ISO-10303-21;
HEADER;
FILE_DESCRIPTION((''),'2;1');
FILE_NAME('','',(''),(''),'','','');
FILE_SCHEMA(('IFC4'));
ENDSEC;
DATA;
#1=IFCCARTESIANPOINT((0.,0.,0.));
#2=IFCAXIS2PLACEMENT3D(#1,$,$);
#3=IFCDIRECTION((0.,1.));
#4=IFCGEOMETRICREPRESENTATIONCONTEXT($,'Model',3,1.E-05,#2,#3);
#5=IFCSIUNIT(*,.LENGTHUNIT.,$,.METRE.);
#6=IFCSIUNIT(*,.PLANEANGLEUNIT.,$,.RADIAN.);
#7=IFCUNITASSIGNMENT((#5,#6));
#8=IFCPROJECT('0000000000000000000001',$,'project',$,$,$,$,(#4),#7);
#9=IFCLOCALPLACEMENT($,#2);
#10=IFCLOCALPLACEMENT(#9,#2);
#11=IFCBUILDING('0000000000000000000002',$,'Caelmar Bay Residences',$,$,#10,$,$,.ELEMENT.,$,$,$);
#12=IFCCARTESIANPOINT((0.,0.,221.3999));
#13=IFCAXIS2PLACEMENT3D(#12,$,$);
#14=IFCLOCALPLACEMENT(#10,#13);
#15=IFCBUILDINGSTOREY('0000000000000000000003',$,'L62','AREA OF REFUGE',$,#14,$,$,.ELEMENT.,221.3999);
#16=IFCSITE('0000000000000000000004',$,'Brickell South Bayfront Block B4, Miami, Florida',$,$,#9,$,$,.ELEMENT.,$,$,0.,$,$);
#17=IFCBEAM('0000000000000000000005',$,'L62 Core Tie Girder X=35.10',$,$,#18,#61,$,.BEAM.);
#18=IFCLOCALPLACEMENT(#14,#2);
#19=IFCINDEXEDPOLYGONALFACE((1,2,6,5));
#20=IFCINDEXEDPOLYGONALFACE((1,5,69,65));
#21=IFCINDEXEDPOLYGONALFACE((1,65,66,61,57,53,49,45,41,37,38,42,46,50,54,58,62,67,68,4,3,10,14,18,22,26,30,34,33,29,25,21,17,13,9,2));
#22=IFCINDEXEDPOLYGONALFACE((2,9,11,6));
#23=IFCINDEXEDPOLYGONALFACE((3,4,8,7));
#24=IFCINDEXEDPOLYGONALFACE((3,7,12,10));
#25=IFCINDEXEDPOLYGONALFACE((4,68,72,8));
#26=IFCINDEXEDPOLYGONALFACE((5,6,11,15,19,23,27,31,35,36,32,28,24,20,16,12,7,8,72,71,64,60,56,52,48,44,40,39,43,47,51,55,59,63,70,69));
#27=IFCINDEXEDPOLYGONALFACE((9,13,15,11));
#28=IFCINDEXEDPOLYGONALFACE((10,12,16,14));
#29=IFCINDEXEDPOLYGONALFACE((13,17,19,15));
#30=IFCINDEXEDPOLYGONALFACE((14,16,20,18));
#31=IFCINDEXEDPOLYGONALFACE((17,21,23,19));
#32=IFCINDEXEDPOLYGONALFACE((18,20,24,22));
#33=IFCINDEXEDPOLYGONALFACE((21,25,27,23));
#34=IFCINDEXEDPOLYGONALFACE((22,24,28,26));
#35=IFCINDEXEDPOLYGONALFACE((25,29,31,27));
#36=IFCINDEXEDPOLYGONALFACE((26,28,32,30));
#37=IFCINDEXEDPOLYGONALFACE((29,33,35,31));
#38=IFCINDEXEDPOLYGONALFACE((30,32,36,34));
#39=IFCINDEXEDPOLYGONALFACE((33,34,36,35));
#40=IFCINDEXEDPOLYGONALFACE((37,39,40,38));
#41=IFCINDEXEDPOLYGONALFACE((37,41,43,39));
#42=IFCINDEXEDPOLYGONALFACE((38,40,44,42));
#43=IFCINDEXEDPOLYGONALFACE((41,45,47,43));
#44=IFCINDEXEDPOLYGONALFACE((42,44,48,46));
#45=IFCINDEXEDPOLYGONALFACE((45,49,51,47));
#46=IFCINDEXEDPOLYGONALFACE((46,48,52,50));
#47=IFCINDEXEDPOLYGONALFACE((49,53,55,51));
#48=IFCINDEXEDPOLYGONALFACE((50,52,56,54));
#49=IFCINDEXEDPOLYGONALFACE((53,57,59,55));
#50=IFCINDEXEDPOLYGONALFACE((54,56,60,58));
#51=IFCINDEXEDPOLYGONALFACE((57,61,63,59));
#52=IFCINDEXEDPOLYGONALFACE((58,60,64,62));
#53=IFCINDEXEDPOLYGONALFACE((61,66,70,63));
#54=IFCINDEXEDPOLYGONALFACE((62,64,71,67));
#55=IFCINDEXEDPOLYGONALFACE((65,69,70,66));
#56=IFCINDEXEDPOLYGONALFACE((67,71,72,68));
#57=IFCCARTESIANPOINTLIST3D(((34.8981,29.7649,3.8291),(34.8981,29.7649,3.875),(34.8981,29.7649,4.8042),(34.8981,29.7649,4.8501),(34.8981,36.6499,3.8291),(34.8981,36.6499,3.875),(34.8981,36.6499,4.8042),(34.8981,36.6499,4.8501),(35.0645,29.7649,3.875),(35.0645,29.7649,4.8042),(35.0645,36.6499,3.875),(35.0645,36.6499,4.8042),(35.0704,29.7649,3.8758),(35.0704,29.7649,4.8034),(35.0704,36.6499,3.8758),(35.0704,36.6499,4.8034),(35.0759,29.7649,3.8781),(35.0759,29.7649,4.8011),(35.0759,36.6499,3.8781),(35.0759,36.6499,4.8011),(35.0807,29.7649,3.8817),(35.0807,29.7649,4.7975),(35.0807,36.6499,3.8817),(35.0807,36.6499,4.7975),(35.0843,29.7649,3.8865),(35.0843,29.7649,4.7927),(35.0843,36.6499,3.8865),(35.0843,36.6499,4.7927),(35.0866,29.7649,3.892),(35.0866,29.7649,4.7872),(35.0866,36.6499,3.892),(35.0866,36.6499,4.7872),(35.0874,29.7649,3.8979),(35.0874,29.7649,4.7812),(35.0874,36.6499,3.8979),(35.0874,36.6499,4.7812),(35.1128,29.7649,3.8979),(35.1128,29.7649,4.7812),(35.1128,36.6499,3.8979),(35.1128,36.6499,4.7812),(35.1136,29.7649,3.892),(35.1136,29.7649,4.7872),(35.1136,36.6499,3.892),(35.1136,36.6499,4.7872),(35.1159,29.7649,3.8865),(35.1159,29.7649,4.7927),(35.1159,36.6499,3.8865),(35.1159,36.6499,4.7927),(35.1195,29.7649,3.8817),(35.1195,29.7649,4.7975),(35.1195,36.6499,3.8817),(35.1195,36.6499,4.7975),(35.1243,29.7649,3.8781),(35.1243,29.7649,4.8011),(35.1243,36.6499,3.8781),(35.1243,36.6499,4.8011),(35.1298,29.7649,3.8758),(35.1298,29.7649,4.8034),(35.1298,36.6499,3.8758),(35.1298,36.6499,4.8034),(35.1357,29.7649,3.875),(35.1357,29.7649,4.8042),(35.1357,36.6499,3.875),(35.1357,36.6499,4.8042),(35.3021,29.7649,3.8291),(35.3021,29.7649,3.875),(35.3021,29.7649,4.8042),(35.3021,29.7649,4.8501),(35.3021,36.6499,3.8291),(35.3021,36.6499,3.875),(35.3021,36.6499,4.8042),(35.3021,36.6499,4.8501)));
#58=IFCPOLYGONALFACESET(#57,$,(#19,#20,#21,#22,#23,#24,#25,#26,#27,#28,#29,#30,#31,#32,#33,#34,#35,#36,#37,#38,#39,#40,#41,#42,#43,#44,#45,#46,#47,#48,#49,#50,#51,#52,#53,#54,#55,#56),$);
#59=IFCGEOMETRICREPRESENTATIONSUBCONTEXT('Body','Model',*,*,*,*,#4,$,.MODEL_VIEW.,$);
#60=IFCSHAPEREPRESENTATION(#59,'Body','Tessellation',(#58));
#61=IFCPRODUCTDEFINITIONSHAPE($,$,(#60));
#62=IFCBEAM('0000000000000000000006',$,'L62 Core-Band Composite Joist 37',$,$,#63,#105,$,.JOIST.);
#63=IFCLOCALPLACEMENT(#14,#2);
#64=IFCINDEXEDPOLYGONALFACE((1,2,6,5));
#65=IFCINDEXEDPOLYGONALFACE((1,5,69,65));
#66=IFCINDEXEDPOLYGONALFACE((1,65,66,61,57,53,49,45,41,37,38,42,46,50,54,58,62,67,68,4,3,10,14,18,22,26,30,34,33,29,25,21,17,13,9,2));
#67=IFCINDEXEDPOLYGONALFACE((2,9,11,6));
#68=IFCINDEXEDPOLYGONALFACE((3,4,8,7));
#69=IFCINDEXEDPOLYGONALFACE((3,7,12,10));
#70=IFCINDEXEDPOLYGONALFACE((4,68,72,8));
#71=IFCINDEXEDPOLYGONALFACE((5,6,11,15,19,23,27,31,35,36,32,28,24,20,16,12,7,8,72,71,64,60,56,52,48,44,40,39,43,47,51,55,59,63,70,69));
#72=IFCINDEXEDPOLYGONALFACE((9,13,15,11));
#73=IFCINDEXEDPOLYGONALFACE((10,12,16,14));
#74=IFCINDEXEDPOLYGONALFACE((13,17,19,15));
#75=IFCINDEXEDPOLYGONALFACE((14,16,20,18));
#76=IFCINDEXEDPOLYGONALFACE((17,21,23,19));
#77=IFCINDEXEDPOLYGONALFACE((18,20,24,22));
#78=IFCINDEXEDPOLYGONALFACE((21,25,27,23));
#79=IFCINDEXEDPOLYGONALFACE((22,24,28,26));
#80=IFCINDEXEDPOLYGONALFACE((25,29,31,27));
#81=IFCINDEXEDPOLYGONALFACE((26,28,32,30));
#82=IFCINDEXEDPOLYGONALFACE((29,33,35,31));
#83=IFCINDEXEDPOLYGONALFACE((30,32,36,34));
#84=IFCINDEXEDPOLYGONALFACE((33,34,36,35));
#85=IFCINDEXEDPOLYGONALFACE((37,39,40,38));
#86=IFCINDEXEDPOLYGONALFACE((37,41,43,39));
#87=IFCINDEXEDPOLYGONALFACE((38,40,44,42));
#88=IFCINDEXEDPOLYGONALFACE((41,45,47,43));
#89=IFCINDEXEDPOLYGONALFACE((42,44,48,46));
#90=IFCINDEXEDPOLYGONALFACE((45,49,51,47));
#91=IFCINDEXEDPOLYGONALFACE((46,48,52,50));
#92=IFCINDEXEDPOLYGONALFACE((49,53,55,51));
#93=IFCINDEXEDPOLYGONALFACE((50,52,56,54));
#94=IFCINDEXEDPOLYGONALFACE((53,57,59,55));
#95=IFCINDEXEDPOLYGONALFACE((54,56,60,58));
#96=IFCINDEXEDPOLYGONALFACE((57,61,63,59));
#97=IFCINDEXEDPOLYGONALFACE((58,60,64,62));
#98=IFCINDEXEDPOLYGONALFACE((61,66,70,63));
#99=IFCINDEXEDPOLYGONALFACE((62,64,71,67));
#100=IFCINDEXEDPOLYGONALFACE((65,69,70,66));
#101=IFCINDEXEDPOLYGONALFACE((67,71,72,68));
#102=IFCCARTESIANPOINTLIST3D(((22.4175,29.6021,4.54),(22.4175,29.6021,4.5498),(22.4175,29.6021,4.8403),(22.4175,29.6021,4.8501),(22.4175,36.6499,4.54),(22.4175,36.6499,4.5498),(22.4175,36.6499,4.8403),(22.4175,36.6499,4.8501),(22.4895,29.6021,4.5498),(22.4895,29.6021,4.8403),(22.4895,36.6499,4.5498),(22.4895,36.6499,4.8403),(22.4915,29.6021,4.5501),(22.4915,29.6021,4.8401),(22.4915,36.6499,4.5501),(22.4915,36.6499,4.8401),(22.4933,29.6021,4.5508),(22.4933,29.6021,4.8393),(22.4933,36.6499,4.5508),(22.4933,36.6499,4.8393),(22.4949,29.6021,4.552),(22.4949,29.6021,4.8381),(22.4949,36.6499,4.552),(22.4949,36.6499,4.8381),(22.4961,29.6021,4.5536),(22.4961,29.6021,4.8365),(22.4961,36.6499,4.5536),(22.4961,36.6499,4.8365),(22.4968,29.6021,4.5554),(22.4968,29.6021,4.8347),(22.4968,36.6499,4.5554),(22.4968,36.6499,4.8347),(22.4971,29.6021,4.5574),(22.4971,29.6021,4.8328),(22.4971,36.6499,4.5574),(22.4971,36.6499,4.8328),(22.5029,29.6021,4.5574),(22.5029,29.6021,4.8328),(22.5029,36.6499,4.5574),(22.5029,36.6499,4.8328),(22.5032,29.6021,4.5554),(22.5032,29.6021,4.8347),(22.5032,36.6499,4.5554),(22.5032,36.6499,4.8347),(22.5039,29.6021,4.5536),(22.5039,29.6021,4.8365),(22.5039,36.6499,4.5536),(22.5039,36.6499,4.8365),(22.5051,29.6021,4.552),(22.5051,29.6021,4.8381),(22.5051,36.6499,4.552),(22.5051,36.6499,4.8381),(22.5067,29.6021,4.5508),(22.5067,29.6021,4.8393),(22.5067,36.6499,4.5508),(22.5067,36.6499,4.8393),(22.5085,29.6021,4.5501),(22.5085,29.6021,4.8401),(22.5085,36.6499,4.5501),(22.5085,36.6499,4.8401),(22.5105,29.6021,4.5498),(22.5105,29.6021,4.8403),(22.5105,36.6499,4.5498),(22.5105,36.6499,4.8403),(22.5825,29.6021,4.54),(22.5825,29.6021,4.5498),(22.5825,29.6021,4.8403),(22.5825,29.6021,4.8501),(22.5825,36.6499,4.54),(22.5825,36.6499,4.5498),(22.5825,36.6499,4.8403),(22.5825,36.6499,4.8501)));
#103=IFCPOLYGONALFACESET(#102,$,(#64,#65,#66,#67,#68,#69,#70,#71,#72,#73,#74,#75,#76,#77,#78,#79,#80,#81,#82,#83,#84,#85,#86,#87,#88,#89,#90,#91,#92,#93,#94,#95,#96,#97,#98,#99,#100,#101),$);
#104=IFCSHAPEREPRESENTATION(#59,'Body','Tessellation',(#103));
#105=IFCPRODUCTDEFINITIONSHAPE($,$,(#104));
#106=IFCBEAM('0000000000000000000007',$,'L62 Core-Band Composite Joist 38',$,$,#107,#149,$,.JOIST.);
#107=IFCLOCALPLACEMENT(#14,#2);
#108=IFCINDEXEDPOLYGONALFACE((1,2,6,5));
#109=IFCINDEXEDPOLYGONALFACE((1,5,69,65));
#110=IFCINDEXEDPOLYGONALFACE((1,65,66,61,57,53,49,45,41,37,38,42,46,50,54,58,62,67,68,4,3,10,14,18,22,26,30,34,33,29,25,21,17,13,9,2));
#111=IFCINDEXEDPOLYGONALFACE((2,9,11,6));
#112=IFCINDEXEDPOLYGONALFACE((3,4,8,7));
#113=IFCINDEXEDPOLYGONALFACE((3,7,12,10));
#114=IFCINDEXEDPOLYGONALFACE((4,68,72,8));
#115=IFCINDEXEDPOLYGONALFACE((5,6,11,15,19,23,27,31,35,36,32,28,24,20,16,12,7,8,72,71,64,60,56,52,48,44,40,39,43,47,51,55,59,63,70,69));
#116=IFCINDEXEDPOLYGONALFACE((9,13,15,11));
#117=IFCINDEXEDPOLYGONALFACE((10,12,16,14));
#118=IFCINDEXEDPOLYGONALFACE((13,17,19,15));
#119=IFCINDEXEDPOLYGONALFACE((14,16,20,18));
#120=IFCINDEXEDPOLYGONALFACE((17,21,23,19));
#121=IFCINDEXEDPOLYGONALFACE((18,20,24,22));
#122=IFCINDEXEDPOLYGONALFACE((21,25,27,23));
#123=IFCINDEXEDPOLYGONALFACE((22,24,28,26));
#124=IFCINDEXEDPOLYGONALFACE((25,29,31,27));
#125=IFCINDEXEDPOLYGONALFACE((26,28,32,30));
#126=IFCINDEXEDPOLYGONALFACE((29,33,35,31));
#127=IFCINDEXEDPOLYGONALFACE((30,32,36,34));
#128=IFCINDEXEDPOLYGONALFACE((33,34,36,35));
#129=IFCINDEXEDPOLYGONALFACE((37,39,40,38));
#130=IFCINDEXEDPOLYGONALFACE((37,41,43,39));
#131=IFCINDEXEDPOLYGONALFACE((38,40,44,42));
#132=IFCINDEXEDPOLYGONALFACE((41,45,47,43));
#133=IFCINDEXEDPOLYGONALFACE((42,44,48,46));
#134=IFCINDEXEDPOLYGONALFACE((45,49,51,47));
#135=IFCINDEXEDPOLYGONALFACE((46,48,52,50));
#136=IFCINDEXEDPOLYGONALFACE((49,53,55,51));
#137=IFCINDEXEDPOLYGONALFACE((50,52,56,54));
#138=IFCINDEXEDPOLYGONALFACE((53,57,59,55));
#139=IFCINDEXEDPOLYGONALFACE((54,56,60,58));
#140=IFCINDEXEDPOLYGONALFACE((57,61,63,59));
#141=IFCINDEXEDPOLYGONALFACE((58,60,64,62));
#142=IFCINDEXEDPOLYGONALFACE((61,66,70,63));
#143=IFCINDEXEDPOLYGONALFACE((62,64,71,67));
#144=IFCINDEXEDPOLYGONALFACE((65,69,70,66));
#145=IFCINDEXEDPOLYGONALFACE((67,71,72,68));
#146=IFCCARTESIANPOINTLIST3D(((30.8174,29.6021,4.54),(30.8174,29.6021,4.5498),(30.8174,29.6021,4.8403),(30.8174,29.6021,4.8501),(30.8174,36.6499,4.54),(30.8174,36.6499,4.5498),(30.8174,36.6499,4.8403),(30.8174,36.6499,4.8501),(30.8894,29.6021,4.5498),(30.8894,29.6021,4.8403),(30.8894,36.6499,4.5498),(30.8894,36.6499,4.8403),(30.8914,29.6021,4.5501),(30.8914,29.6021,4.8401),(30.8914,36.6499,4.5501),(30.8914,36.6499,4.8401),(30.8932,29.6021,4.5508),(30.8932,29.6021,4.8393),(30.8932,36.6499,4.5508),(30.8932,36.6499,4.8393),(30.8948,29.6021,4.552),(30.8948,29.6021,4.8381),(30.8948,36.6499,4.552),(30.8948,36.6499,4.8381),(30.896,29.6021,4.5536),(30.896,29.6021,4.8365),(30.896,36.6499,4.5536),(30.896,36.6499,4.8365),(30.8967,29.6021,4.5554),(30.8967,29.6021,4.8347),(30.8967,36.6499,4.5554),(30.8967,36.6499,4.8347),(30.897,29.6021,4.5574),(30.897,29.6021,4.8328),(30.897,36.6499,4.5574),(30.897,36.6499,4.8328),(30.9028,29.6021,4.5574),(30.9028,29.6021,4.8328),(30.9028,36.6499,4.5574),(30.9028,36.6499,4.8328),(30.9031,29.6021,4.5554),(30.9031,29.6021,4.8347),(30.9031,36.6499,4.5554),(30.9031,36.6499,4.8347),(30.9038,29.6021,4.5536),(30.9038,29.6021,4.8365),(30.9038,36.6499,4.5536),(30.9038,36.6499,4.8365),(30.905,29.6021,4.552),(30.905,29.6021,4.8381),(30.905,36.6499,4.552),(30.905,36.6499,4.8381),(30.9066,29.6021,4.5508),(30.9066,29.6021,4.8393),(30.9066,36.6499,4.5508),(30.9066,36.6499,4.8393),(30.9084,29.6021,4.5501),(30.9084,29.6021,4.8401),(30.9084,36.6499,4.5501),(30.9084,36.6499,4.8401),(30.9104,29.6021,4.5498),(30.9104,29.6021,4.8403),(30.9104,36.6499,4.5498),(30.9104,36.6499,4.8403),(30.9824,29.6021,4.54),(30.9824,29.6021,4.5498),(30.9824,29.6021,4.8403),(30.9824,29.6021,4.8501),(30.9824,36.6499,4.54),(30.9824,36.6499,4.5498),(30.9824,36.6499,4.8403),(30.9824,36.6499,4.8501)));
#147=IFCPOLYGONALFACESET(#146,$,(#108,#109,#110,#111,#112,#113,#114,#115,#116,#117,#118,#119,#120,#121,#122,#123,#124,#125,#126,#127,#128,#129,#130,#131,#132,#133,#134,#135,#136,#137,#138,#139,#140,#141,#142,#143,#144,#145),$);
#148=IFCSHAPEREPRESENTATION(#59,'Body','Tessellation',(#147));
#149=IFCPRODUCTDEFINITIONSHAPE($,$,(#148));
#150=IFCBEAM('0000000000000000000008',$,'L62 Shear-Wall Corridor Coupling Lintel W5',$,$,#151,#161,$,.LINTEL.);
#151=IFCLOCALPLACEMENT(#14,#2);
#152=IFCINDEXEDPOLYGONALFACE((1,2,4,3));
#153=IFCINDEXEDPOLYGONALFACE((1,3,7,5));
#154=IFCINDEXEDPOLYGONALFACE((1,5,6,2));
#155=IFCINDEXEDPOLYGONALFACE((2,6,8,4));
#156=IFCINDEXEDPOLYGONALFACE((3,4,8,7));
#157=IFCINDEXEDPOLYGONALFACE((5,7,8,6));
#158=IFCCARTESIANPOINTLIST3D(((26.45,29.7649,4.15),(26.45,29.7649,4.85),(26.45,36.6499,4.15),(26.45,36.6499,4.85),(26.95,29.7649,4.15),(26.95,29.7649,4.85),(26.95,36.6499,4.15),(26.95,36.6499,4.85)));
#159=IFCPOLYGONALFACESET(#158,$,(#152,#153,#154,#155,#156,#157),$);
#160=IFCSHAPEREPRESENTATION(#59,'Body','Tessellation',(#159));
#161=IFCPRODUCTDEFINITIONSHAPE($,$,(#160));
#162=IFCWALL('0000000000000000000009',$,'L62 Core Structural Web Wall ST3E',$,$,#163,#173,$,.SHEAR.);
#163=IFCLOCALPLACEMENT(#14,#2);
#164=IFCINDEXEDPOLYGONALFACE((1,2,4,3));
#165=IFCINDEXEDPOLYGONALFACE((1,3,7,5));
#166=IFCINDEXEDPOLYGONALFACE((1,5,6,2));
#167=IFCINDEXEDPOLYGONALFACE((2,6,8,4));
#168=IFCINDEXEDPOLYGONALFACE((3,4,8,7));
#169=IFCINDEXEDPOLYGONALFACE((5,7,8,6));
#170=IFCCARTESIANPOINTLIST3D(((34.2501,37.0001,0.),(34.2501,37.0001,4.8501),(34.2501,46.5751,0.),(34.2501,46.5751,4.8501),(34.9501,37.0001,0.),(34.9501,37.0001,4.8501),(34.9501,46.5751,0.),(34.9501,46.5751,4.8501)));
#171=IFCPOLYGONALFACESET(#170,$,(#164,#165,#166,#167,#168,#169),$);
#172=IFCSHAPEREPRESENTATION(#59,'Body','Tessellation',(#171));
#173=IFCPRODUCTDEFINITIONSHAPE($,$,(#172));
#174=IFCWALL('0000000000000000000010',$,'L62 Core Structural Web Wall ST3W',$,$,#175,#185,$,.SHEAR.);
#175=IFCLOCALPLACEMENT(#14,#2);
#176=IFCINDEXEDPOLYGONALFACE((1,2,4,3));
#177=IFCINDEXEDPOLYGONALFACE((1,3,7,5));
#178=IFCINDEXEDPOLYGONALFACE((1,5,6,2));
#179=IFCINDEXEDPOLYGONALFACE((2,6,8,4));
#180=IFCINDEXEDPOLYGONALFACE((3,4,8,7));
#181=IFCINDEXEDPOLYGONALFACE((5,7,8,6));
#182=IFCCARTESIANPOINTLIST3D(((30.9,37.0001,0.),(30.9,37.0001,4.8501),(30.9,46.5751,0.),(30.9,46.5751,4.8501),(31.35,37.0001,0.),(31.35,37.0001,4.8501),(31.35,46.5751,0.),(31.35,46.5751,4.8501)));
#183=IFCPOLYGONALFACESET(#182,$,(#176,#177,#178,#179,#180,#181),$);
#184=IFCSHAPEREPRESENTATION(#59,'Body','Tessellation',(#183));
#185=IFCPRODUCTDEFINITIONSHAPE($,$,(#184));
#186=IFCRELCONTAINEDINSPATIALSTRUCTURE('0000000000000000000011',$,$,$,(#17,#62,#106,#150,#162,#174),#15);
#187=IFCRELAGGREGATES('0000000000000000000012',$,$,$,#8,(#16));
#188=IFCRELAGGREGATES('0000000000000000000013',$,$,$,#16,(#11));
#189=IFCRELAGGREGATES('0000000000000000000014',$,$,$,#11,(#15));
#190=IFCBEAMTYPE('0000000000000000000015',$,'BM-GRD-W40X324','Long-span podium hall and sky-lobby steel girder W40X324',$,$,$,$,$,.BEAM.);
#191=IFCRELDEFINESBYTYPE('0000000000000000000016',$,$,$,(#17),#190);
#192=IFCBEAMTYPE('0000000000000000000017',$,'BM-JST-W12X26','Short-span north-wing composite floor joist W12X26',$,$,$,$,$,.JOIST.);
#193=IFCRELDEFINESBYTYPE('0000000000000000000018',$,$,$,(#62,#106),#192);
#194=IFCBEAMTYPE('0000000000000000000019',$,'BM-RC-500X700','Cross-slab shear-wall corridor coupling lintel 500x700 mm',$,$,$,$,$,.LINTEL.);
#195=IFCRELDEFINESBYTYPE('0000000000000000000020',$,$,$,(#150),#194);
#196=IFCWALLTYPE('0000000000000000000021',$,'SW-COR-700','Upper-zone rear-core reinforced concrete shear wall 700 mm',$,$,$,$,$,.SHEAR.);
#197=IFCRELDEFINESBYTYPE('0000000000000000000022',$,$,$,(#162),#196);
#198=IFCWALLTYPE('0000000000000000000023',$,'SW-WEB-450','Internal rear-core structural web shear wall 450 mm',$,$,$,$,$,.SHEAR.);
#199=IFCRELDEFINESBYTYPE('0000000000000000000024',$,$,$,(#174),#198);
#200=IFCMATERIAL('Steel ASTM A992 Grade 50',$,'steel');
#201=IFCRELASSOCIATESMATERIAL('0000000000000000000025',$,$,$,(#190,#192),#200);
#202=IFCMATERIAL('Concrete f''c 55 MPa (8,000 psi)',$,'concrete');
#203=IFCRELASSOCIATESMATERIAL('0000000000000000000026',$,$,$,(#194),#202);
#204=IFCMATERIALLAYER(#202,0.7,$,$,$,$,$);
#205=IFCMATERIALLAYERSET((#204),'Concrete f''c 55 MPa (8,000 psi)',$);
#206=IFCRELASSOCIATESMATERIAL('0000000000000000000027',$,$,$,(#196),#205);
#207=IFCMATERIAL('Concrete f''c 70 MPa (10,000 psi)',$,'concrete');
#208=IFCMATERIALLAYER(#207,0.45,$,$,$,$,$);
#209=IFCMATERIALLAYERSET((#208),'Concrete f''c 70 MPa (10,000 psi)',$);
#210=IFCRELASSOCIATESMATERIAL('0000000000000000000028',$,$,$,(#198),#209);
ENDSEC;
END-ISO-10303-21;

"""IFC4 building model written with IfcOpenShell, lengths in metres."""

from ifc_helpers import new_model, si_unit, direction, frame, frame_2d, origin, origin_2d, place, context, subcontext, project, spatial, rectangle, i_section, extrude, material, layer, layer_set, material_profile, profile_set, type_object, element, save


model = new_model("IFC4")

# Units and contexts
model_context = context("Model", 3, precision=1e-05, world=origin(), true_north=direction((0.0, 1.0)))
body_context = subcontext(model_context, "Body", "Model", "MODEL_VIEW")
ifc_project = project(units=[si_unit("LENGTHUNIT", "METRE"), si_unit("PLANEANGLEUNIT", "RADIAN")], contexts=[model_context])

# Site, building, storey
site_placement = place(None, origin())
site = spatial("IfcSite", under=ifc_project, at=site_placement, Name="Brickell South Bayfront Block B4, Miami, Florida", CompositionType="ELEMENT", RefElevation=0.0)
building_placement = place(site_placement, origin())
building = spatial("IfcBuilding", under=site, at=building_placement, Name="Caelmar Bay Residences", CompositionType="ELEMENT")
storey_placement = place(building_placement, frame((0.0, 0.0, 221.3999)))
storey = spatial("IfcBuildingStorey", under=building, at=storey_placement, Name="L62", Description="AREA OF REFUGE", CompositionType="ELEMENT", Elevation=221.3999)

# Beams
ifc_material_1 = material(Name="Steel ASTM A992 Grade 50", Category="steel")
ifc_material_profile_1 = material_profile(ifc_material_1, i_section(OverallWidth=0.4041, OverallDepth=1.021, WebThickness=0.0254, FlangeThickness=0.0459, FilletRadius=0.0229, at=origin_2d()), Name="W40X324")
ifc_profile_set_1 = profile_set([ifc_material_profile_1], Name="Steel ASTM A992 Grade 50")
beam_type_1 = type_object("IfcBeamType", Name="BM-GRD-W40X324", Description="Long-span podium hall and sky-lobby steel girder W40X324", PredefinedType="BEAM", material=ifc_profile_set_1)
beam_1_placement = place(storey_placement, frame((35.1001, 29.7649, 4.3396), z_axis=(0.0, 1.0, 0.0), x_axis=(-1.0, 0.0, 0.0)))
element("IfcBeam", 1, at=beam_1_placement, inside=storey, type_object=beam_type_1, Name="L62 Core Tie Girder X=35.10", PredefinedType="BEAM", context=body_context, shape_type="SweptSolid", body=[
    extrude(i_section(OverallWidth=0.4041, OverallDepth=1.021, WebThickness=0.0254, FlangeThickness=0.0459, FilletRadius=0.0229, at=origin_2d()), origin(), (0.0, 0.0, 1.0), 6.885),
])
ifc_material_profile_2 = material_profile(ifc_material_1, i_section(OverallWidth=0.165, OverallDepth=0.3101, WebThickness=0.0059, FlangeThickness=0.0098, FilletRadius=0.0076, at=origin_2d()), Name="W12X26")
ifc_profile_set_2 = profile_set([ifc_material_profile_2], Name="Steel ASTM A992 Grade 50")
beam_type_2 = type_object("IfcBeamType", Name="BM-JST-W12X26", Description="Short-span north-wing composite floor joist W12X26", PredefinedType="JOIST", material=ifc_profile_set_2)
for number, where, z_axis, x_axis, name in (
    (2, (22.5, 29.6021, 4.6951), (0.0, 1.0, 0.0), (-1.0, 0.0, 0.0), "L62 Core-Band Composite Joist 37"),
    (3, (30.8999, 29.6021, 4.6951), (0.0, 1.0, 0.0), (-1.0, 0.0, 0.0), "L62 Core-Band Composite Joist 38"),
):
    element("IfcBeam", number, at=place(storey_placement, frame(where, z_axis=z_axis, x_axis=x_axis)), inside=storey, type_object=beam_type_2, Name=name, PredefinedType="JOIST", context=body_context, shape_type="SweptSolid", body=[
        extrude(i_section(OverallWidth=0.165, OverallDepth=0.3101, WebThickness=0.0059, FlangeThickness=0.0098, FilletRadius=0.0076, at=origin_2d()), origin(), (0.0, 0.0, 1.0), 7.0479),
    ])
ifc_material_2 = material(Name="Concrete f'c 55 MPa (8,000 psi)", Category="concrete")
ifc_material_profile_3 = material_profile(ifc_material_2, rectangle(XDim=0.5, YDim=0.7, at=origin_2d()), Name="RC-BM-500X700")
ifc_profile_set_3 = profile_set([ifc_material_profile_3], Name="Concrete f'c 55 MPa (8,000 psi)")
beam_type_3 = type_object("IfcBeamType", Name="BM-RC-500X700", Description="Cross-slab shear-wall corridor coupling lintel 500x700 mm", PredefinedType="LINTEL", material=ifc_profile_set_3)
beam_2_placement = place(storey_placement, frame((26.7, 29.7649, 4.5), z_axis=(0.0, 1.0, 0.0), x_axis=(-1.0, 0.0, 0.0)))
element("IfcBeam", 4, at=beam_2_placement, inside=storey, type_object=beam_type_3, Name="L62 Shear-Wall Corridor Coupling Lintel W5", PredefinedType="LINTEL", context=body_context, shape_type="SweptSolid", body=[
    extrude(rectangle(XDim=0.5, YDim=0.7, at=origin_2d()), origin(), (0.0, 0.0, 1.0), 6.885),
])

# Shared definitions
ifc_layer_1 = layer(ifc_material_2, 0.7)
ifc_layer_set_1 = layer_set([ifc_layer_1], Name="Concrete f'c 55 MPa (8,000 psi)")
wall_type_1 = type_object("IfcWallType", Name="SW-COR-700", Description="Upper-zone rear-core reinforced concrete shear wall 700 mm", PredefinedType="SHEAR", material=ifc_layer_set_1)

# Walls
wall_1_placement = place(storey_placement, frame((34.6001, 37.0, 0.0), z_axis=(0.0, 0.0, 1.0), x_axis=(0.0, 1.0, 0.0)))
element("IfcWall", 5, at=wall_1_placement, inside=storey, type_object=wall_type_1, Name="L62 Core Structural Web Wall ST3E", PredefinedType="SHEAR", context=body_context, shape_type="SweptSolid", body=[
    extrude(rectangle(XDim=9.575, YDim=0.7, at=frame_2d((4.7876, 0.0))), origin(), (0.0, 0.0, 1.0), 4.8501),
])
ifc_material_3 = material(Name="Concrete f'c 70 MPa (10,000 psi)", Category="concrete")
ifc_layer_2 = layer(ifc_material_3, 0.45)
ifc_layer_set_2 = layer_set([ifc_layer_2], Name="Concrete f'c 70 MPa (10,000 psi)")
wall_type_2 = type_object("IfcWallType", Name="SW-WEB-450", Description="Internal rear-core structural web shear wall 450 mm", PredefinedType="SHEAR", material=ifc_layer_set_2)
wall_2_placement = place(storey_placement, frame((31.125, 37.0, 0.0), z_axis=(0.0, 0.0, 1.0), x_axis=(0.0, 1.0, 0.0)))
element("IfcWall", 6, at=wall_2_placement, inside=storey, type_object=wall_type_2, Name="L62 Core Structural Web Wall ST3W", PredefinedType="SHEAR", context=body_context, shape_type="SweptSolid", body=[
    extrude(rectangle(XDim=9.575, YDim=0.45, at=frame_2d((4.7876, 0.0))), origin(), (0.0, 0.0, 1.0), 4.8501),
])

save(model, "model.ifc")
